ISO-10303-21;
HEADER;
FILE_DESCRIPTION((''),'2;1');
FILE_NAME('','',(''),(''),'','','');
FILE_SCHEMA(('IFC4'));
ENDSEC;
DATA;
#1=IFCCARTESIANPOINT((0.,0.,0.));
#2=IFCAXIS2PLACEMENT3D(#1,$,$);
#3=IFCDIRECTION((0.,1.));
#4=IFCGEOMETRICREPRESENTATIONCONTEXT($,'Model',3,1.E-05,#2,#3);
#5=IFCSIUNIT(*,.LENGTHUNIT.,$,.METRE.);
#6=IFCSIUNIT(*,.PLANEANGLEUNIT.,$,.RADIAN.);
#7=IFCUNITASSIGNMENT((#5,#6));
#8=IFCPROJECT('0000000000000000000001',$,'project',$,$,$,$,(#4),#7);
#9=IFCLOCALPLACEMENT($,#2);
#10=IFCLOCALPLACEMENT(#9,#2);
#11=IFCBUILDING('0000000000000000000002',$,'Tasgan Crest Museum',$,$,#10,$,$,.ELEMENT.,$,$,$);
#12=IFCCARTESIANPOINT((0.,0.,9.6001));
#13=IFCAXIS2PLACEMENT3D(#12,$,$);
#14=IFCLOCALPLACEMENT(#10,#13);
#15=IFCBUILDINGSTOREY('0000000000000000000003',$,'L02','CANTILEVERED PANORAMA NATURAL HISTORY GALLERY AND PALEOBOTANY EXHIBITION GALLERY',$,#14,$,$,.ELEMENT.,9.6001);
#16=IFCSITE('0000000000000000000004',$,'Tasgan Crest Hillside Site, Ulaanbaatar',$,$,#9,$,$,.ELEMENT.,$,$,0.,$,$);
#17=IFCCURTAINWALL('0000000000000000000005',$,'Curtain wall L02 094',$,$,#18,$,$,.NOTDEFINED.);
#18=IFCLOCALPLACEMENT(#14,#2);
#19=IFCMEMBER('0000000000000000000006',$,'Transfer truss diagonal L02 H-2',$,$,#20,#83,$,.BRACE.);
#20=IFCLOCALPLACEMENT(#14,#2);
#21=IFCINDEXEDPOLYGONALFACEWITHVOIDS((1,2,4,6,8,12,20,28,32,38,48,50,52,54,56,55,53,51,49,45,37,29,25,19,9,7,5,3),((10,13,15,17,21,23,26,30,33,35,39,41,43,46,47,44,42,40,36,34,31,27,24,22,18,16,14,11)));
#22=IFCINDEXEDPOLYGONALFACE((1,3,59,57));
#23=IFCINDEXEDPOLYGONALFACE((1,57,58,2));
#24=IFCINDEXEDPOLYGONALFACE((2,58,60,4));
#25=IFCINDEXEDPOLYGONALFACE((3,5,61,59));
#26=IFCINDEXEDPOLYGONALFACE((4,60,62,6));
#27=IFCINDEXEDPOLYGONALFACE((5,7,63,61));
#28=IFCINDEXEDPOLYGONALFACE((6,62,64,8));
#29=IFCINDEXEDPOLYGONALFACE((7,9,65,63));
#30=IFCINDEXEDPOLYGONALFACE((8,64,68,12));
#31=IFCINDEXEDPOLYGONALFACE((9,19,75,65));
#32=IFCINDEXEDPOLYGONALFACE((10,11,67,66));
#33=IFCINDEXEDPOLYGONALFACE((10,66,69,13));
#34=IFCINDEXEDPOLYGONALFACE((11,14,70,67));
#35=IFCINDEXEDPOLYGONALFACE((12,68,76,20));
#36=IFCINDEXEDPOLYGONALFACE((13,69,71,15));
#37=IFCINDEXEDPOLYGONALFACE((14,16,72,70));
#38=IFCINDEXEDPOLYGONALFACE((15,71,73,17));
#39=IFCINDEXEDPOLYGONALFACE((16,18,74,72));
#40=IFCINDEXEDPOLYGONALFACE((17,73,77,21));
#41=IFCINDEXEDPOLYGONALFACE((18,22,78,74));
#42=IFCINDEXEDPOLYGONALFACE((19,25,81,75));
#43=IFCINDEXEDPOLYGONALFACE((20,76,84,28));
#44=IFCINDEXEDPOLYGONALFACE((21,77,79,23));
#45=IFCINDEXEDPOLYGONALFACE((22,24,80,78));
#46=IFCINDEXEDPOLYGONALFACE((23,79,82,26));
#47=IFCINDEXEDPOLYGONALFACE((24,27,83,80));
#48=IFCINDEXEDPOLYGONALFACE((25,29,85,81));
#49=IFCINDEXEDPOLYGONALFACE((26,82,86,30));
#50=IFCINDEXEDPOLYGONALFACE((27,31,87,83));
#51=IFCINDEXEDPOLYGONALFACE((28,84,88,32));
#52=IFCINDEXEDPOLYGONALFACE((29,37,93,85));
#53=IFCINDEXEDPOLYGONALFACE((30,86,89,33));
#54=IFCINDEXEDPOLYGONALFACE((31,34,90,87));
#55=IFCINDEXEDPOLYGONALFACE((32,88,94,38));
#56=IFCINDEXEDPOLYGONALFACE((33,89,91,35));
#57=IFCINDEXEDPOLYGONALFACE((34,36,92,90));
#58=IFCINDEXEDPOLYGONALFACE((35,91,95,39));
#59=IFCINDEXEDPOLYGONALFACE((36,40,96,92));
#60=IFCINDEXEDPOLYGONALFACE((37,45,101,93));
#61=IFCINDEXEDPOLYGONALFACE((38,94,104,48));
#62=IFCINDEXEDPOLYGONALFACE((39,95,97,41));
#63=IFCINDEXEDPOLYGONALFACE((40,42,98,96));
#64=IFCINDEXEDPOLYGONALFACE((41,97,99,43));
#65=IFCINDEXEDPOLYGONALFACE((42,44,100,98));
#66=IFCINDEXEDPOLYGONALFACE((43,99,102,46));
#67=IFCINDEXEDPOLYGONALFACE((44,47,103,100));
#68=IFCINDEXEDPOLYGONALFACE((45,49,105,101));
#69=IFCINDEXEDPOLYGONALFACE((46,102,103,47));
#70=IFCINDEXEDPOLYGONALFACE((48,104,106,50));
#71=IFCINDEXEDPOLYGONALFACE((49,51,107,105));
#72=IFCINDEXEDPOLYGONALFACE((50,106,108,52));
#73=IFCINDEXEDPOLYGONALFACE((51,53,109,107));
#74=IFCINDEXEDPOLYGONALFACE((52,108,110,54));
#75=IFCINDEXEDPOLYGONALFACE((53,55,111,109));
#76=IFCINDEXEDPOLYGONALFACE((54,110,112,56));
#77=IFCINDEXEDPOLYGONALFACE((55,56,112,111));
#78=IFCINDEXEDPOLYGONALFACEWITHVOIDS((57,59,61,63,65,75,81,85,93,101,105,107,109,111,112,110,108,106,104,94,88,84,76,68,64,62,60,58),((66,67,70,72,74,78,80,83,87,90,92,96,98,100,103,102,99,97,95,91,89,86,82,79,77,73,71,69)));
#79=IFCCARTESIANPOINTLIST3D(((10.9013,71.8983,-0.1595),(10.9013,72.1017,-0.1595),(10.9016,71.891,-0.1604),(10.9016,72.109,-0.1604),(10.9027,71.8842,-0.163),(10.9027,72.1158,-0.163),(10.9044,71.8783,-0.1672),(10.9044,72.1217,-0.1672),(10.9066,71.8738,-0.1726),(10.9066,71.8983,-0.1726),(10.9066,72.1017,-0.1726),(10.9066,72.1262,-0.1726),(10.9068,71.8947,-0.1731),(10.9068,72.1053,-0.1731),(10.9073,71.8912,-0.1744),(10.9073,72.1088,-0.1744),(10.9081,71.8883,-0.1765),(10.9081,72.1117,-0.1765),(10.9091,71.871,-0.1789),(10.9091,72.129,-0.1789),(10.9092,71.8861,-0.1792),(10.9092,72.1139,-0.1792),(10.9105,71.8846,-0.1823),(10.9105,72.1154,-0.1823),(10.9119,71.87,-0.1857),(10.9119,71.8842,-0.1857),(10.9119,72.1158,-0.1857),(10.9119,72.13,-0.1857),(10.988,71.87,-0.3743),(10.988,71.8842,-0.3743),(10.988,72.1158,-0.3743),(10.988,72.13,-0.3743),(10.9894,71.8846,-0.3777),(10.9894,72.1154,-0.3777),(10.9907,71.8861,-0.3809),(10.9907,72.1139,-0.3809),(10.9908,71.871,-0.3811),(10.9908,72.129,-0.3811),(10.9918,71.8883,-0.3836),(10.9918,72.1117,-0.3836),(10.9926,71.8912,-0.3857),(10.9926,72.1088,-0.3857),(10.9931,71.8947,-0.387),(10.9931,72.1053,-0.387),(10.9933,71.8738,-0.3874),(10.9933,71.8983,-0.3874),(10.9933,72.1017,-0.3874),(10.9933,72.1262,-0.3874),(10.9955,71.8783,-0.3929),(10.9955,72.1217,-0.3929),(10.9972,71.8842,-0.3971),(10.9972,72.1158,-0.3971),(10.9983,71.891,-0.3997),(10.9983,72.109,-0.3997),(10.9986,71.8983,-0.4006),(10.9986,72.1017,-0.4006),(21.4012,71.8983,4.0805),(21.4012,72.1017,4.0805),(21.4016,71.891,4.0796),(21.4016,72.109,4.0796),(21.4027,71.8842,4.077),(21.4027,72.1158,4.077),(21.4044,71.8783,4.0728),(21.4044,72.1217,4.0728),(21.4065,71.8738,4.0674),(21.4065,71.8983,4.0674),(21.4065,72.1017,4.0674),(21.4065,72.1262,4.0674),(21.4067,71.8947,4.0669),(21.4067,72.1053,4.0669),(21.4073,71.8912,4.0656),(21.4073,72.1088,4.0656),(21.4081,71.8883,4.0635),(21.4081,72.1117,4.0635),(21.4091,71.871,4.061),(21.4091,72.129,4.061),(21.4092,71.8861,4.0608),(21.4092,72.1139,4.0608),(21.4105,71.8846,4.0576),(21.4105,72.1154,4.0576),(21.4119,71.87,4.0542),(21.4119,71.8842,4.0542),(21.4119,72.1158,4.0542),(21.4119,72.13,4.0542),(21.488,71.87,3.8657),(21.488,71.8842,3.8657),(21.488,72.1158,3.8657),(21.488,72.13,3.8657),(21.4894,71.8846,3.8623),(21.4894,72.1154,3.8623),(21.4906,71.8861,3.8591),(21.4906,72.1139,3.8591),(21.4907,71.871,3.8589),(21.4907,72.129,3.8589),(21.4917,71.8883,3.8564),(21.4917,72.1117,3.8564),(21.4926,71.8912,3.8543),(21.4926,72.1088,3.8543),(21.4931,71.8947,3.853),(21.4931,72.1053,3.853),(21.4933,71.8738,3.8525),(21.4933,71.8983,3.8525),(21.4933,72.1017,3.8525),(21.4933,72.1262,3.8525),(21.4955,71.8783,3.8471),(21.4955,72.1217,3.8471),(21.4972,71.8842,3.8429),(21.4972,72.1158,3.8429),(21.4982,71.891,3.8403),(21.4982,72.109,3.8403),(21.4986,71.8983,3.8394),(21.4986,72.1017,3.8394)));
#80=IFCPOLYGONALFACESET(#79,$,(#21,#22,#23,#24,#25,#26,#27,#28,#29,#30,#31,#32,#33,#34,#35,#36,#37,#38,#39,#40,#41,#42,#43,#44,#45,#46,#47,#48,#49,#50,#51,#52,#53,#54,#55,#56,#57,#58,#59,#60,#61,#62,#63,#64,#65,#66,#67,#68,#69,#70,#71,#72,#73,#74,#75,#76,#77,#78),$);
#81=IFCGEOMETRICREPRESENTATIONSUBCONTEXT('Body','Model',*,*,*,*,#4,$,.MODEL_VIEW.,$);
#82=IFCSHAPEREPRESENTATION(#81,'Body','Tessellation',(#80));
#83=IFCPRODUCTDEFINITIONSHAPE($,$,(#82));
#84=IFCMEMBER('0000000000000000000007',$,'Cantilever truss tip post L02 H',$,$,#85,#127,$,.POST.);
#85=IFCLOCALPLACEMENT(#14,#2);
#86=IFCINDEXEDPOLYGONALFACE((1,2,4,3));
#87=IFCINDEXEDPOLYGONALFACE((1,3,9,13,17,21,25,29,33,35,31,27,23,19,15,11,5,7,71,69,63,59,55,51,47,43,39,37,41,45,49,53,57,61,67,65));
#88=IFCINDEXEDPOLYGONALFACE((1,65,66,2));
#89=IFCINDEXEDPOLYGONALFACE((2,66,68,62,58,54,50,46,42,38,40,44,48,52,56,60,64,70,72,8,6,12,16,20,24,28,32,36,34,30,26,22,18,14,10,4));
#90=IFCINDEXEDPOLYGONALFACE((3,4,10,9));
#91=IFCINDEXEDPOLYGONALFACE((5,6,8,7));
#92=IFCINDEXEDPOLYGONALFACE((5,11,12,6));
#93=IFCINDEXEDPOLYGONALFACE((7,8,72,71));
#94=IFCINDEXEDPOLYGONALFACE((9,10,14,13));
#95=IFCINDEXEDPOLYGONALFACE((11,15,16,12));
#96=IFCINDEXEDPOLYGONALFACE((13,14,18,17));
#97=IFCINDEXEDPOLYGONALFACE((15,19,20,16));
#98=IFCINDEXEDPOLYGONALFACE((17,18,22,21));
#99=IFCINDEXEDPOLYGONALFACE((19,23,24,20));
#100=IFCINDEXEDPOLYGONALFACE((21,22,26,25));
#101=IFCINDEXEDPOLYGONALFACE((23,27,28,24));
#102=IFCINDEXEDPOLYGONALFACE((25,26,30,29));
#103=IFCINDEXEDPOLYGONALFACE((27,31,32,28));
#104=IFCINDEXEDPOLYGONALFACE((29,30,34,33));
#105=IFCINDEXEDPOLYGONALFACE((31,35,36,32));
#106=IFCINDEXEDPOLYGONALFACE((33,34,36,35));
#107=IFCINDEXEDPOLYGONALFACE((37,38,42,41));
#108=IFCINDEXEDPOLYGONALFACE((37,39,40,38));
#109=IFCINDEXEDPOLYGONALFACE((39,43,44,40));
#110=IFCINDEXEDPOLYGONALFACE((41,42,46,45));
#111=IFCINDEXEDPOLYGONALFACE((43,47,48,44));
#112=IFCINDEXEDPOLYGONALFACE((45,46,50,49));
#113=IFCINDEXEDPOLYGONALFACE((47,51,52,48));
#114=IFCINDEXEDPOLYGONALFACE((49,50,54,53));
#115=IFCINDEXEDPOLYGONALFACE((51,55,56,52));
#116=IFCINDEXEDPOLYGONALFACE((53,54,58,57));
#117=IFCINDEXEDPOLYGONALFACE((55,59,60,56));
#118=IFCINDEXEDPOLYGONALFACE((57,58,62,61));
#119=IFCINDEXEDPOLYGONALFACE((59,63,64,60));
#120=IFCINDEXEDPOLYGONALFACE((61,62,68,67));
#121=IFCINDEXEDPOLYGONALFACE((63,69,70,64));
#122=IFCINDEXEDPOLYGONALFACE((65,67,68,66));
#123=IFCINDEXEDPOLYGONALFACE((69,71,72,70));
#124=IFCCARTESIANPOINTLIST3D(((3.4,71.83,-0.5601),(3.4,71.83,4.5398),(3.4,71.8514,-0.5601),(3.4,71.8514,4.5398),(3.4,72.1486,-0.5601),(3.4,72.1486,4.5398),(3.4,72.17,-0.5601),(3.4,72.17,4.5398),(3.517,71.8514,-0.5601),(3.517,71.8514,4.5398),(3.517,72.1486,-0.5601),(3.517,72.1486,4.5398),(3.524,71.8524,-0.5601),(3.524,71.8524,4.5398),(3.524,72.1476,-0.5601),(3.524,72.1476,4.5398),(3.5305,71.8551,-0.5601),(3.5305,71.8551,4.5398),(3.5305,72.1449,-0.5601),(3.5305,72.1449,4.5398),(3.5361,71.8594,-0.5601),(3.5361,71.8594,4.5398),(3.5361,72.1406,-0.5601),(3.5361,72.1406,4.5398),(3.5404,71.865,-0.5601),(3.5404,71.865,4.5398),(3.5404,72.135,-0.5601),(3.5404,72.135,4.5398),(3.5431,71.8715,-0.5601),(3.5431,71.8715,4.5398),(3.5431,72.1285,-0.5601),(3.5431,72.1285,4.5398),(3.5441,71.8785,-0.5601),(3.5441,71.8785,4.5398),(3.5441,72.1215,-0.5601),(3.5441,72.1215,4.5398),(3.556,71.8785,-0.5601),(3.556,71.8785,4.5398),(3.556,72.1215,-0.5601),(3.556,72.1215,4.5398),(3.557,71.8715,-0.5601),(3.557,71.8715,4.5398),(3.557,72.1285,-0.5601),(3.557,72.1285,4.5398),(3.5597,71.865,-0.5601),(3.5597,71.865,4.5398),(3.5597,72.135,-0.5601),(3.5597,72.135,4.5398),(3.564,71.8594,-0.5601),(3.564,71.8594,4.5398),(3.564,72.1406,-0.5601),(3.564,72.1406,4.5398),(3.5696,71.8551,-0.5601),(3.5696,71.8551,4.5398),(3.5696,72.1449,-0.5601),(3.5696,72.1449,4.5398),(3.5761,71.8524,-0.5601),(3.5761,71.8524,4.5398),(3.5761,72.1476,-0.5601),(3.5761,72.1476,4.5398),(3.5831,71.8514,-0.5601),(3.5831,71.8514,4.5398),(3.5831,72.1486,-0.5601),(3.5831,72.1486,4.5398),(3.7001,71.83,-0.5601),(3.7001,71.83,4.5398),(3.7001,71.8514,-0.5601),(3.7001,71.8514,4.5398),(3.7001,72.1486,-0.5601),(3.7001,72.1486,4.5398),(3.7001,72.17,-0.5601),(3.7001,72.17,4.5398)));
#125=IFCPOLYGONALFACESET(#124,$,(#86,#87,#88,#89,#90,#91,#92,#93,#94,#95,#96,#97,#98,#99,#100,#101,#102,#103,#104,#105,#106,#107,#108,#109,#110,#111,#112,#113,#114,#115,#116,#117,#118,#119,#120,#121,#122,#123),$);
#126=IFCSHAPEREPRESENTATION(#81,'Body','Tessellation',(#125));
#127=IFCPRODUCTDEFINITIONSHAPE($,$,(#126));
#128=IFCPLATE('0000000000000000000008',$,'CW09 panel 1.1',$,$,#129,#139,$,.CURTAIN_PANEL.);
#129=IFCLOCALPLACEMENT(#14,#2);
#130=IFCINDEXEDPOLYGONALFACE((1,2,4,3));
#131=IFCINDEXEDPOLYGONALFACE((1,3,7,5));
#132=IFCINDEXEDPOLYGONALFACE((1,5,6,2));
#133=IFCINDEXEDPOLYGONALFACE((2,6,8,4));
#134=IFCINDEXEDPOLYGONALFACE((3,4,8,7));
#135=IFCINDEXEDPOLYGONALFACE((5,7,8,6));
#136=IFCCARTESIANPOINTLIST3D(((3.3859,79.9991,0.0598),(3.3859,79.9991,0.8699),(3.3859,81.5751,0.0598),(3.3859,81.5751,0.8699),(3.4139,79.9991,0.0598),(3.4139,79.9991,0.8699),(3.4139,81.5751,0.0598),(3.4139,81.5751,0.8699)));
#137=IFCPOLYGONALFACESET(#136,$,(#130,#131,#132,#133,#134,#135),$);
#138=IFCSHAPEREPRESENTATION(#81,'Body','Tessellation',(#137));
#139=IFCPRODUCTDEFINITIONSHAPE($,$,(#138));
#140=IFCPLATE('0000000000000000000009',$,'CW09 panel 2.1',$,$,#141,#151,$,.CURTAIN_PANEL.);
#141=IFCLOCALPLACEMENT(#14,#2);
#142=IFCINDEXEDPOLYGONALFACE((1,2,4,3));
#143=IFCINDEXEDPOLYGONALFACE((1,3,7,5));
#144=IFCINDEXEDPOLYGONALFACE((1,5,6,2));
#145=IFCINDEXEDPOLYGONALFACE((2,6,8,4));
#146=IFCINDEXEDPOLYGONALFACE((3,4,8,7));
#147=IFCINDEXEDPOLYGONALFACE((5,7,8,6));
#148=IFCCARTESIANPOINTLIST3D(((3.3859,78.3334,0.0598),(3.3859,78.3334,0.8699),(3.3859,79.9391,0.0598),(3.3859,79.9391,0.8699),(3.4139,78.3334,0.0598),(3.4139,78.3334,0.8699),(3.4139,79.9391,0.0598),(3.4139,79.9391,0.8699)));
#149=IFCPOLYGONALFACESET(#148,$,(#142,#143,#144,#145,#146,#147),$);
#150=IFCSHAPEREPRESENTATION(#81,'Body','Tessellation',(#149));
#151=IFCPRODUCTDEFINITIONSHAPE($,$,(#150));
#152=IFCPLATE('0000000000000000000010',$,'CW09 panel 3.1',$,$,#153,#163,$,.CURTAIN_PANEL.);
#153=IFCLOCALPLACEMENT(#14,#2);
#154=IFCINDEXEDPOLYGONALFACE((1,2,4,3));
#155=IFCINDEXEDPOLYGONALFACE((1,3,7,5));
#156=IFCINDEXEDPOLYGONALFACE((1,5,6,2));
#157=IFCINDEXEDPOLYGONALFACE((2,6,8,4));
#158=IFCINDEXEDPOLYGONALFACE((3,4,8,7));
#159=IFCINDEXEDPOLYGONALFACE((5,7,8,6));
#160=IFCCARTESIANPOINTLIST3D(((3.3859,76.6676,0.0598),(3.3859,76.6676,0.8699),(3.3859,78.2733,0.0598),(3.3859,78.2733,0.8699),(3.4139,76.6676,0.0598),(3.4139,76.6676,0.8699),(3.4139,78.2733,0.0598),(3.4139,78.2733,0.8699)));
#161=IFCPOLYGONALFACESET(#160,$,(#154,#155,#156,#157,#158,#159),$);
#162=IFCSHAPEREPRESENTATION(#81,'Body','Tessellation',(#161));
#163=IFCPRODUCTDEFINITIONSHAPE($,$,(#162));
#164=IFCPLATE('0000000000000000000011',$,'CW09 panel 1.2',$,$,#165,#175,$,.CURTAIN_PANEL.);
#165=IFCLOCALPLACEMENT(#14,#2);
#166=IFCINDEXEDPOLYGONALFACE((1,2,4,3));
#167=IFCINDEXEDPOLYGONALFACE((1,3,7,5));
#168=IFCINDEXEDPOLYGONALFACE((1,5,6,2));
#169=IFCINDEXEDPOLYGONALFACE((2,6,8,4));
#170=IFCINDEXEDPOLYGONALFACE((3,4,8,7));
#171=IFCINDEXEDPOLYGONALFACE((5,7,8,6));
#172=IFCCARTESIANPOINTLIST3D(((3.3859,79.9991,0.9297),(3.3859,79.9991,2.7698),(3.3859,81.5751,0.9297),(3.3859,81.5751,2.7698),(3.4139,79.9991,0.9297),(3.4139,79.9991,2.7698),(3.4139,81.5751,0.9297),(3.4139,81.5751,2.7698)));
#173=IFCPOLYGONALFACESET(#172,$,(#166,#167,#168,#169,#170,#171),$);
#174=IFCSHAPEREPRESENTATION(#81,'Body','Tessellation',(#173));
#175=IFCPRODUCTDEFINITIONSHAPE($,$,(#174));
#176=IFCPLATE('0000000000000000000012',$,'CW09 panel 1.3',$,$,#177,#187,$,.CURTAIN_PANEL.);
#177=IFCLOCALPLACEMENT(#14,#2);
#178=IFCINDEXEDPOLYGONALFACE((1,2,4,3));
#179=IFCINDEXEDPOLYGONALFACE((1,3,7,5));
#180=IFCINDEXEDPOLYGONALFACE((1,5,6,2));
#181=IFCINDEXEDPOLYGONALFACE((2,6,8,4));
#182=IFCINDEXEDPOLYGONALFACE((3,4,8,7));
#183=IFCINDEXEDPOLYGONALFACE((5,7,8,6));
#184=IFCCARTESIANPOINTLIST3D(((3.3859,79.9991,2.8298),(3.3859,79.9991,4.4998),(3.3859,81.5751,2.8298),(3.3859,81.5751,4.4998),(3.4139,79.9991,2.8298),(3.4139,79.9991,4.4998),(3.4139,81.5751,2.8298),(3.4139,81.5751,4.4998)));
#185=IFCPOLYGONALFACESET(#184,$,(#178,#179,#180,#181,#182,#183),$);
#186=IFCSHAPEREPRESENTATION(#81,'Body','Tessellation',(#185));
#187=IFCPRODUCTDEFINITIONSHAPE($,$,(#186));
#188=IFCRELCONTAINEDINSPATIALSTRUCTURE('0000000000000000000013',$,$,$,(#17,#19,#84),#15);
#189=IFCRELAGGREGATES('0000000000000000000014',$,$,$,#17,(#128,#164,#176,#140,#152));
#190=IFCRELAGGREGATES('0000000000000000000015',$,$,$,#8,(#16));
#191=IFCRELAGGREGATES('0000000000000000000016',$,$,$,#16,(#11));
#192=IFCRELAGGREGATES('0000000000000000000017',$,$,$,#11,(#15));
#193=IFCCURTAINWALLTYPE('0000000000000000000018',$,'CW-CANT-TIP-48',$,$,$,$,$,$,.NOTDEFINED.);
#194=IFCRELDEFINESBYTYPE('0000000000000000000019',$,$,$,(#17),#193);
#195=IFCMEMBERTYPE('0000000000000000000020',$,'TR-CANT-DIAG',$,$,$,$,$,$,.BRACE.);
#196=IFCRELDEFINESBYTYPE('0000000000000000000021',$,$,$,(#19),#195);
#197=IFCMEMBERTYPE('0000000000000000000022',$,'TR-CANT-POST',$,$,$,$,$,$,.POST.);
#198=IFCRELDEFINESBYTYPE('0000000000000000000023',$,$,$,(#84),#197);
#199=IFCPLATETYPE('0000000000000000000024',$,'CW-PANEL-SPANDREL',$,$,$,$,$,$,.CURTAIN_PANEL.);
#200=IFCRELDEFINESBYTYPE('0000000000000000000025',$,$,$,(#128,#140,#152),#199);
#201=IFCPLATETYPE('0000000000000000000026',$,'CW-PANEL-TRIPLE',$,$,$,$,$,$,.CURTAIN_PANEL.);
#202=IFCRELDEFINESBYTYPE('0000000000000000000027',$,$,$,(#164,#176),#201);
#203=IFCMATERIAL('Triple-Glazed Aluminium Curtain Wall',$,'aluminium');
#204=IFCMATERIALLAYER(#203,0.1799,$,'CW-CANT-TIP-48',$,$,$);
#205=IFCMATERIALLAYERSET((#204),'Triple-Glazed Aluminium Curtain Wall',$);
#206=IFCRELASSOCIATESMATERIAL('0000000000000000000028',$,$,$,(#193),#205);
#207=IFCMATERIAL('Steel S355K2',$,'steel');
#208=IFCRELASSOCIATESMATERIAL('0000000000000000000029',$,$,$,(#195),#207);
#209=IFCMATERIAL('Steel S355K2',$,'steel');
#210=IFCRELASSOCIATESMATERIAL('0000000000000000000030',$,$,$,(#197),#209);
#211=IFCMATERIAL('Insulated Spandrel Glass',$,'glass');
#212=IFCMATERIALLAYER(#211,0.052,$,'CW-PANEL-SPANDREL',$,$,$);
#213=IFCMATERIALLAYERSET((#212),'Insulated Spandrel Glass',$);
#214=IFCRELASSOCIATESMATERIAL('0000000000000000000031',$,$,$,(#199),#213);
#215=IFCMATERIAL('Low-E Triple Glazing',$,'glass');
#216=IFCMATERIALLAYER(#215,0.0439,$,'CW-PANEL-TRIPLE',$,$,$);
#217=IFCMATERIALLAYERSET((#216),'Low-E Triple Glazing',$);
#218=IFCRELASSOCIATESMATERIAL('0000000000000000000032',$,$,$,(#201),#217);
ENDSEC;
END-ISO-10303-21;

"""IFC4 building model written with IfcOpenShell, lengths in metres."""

from ifc_helpers import new_model, si_unit, direction, frame, origin, origin_2d, place, context, subcontext, project, spatial, rectangle, hollow_rectangle, i_section, extrude, material, layer, layer_set, material_profile, profile_set, type_object, element, aggregate, save


model = new_model("IFC4")

# Units and contexts
model_context = context("Model", 3, precision=1e-05, world=origin(), true_north=direction((0.0, 1.0)))
body_context = subcontext(model_context, "Body", "Model", "MODEL_VIEW")
ifc_project = project(units=[si_unit("LENGTHUNIT", "METRE"), si_unit("PLANEANGLEUNIT", "RADIAN")], contexts=[model_context])

# Site, building, storey
site_placement = place(None, origin())
site = spatial("IfcSite", under=ifc_project, at=site_placement, Name="Tasgan Crest Hillside Site, Ulaanbaatar", CompositionType="ELEMENT", RefElevation=0.0)
building_placement = place(site_placement, origin())
building = spatial("IfcBuilding", under=site, at=building_placement, Name="Tasgan Crest Museum", CompositionType="ELEMENT")
storey_placement = place(building_placement, frame((0.0, 0.0, 9.6001)))
storey = spatial("IfcBuildingStorey", under=building, at=storey_placement, Name="L02", Description="CANTILEVERED PANORAMA NATURAL HISTORY GALLERY AND PALEOBOTANY EXHIBITION GALLERY", CompositionType="ELEMENT", Elevation=9.6001)

# Curtain wall
ifc_material_1 = material(Name="Triple-Glazed Aluminium Curtain Wall", Category="aluminium")
ifc_layer_1 = layer(ifc_material_1, 0.1799, Name="CW-CANT-TIP-48")
ifc_layer_set_1 = layer_set([ifc_layer_1], Name="Triple-Glazed Aluminium Curtain Wall")
curtain_wall_type = type_object("IfcCurtainWallType", Name="CW-CANT-TIP-48", PredefinedType="NOTDEFINED", material=ifc_layer_set_1)
curtain_wall_placement = place(storey_placement, origin())
curtain_wall = element("IfcCurtainWall", 1, at=curtain_wall_placement, inside=storey, type_object=curtain_wall_type, Name="Curtain wall L02 094", PredefinedType="NOTDEFINED")

# Members
ifc_material_2 = material(Name="Steel S355K2", Category="steel")
ifc_material_profile_1 = material_profile(ifc_material_2, hollow_rectangle(XDim=0.26, YDim=0.26, WallThickness=0.0142, InnerFilletRadius=0.0142, OuterFilletRadius=0.0283, at=origin_2d()), Name="SHS 260x260x14.2")
ifc_profile_set_1 = profile_set([ifc_material_profile_1], Name="Steel S355K2")
member_type_1 = type_object("IfcMemberType", Name="TR-CANT-DIAG", PredefinedType="BRACE", material=ifc_profile_set_1)
member_1_placement = place(storey_placement, frame((10.95, 72.0, -0.28), z_axis=(0.927254, 0.0, 0.374433), x_axis=(0.0, 1.0, 0.0)))
element("IfcMember", 2, at=member_1_placement, inside=storey, type_object=member_type_1, Name="Transfer truss diagonal L02 H-2", PredefinedType="BRACE", context=body_context, shape_type="SweptSolid", body=[
    extrude(hollow_rectangle(XDim=0.26, YDim=0.26, WallThickness=0.0142, InnerFilletRadius=0.0142, OuterFilletRadius=0.0283, at=origin_2d()), origin(), (0.0, 0.0, 1.0), 11.3237),
])
ifc_material_3 = material(Name="Steel S355K2", Category="steel")
ifc_material_profile_2 = material_profile(ifc_material_3, i_section(OverallWidth=0.3, OverallDepth=0.3401, WebThickness=0.012, FlangeThickness=0.0215, FilletRadius=0.0271, at=origin_2d()), Name="HEB 340")
ifc_profile_set_2 = profile_set([ifc_material_profile_2], Name="Steel S355K2")
member_type_2 = type_object("IfcMemberType", Name="TR-CANT-POST", PredefinedType="POST", material=ifc_profile_set_2)
member_2_placement = place(storey_placement, frame((3.55, 72.0, -0.5601), z_axis=(0.0, 0.0, 1.0), x_axis=(1.0, 0.0, 0.0)))
element("IfcMember", 3, at=member_2_placement, inside=storey, type_object=member_type_2, Name="Cantilever truss tip post L02 H", PredefinedType="POST", context=body_context, shape_type="SweptSolid", body=[
    extrude(i_section(OverallWidth=0.3, OverallDepth=0.3401, WebThickness=0.012, FlangeThickness=0.0215, FilletRadius=0.0271, at=origin_2d()), origin(), (0.0, 0.0, 1.0), 5.0999),
])

# Plates
ifc_material_4 = material(Name="Insulated Spandrel Glass", Category="glass")
ifc_layer_2 = layer(ifc_material_4, 0.052, Name="CW-PANEL-SPANDREL")
ifc_layer_set_2 = layer_set([ifc_layer_2], Name="Insulated Spandrel Glass")
plate_type_1 = type_object("IfcPlateType", Name="CW-PANEL-SPANDREL", PredefinedType="CURTAIN_PANEL", material=ifc_layer_set_2)
plate_1_placement = place(storey_placement, frame((3.3999, 80.7871, 0.0598), z_axis=(0.0, 0.0, 1.0), x_axis=(0.0, -1.0, 0.0)))
plate_1 = element("IfcPlate", 4, at=plate_1_placement, type_object=plate_type_1, Name="CW09 panel 1.1", PredefinedType="CURTAIN_PANEL", context=body_context, shape_type="SweptSolid", body=[
    extrude(rectangle(XDim=1.5759, YDim=0.0281, at=origin_2d()), origin(), (0.0, 0.0, 1.0), 0.8101),
])
plate_2_placement = place(storey_placement, frame((3.3999, 79.1362, 0.0598), z_axis=(0.0, 0.0, 1.0), x_axis=(0.0, -1.0, 0.0)))
plate_2 = element("IfcPlate", 5, at=plate_2_placement, type_object=plate_type_1, Name="CW09 panel 2.1", PredefinedType="CURTAIN_PANEL", context=body_context, shape_type="SweptSolid", body=[
    extrude(rectangle(XDim=1.6057, YDim=0.0281, at=origin_2d()), origin(), (0.0, 0.0, 1.0), 0.8101),
])
plate_3_placement = place(storey_placement, frame((3.3999, 77.4705, 0.0598), z_axis=(0.0, 0.0, 1.0), x_axis=(0.0, -1.0, 0.0)))
plate_3 = element("IfcPlate", 6, at=plate_3_placement, type_object=plate_type_1, Name="CW09 panel 3.1", PredefinedType="CURTAIN_PANEL", context=body_context, shape_type="SweptSolid", body=[
    extrude(rectangle(XDim=1.6057, YDim=0.0281, at=origin_2d()), origin(), (0.0, 0.0, 1.0), 0.8101),
])
ifc_material_5 = material(Name="Low-E Triple Glazing", Category="glass")
ifc_layer_3 = layer(ifc_material_5, 0.0439, Name="CW-PANEL-TRIPLE")
ifc_layer_set_3 = layer_set([ifc_layer_3], Name="Low-E Triple Glazing")
plate_type_2 = type_object("IfcPlateType", Name="CW-PANEL-TRIPLE", PredefinedType="CURTAIN_PANEL", material=ifc_layer_set_3)
plate_4_placement = place(storey_placement, frame((3.3999, 80.7871, 0.9297), z_axis=(0.0, 0.0, 1.0), x_axis=(0.0, -1.0, 0.0)))
plate_4 = element("IfcPlate", 7, at=plate_4_placement, type_object=plate_type_2, Name="CW09 panel 1.2", PredefinedType="CURTAIN_PANEL", context=body_context, shape_type="SweptSolid", body=[
    extrude(rectangle(XDim=1.5759, YDim=0.0281, at=origin_2d()), origin(), (0.0, 0.0, 1.0), 1.8401),
])
plate_5_placement = place(storey_placement, frame((3.3999, 80.7871, 2.8298), z_axis=(0.0, 0.0, 1.0), x_axis=(0.0, -1.0, 0.0)))
plate_5 = element("IfcPlate", 8, at=plate_5_placement, type_object=plate_type_2, Name="CW09 panel 1.3", PredefinedType="CURTAIN_PANEL", context=body_context, shape_type="SweptSolid", body=[
    extrude(rectangle(XDim=1.5759, YDim=0.0281, at=origin_2d()), origin(), (0.0, 0.0, 1.0), 1.6699),
])
aggregate(curtain_wall, [plate_1, plate_4, plate_5, plate_2, plate_3])

save(model, "model.ifc")
